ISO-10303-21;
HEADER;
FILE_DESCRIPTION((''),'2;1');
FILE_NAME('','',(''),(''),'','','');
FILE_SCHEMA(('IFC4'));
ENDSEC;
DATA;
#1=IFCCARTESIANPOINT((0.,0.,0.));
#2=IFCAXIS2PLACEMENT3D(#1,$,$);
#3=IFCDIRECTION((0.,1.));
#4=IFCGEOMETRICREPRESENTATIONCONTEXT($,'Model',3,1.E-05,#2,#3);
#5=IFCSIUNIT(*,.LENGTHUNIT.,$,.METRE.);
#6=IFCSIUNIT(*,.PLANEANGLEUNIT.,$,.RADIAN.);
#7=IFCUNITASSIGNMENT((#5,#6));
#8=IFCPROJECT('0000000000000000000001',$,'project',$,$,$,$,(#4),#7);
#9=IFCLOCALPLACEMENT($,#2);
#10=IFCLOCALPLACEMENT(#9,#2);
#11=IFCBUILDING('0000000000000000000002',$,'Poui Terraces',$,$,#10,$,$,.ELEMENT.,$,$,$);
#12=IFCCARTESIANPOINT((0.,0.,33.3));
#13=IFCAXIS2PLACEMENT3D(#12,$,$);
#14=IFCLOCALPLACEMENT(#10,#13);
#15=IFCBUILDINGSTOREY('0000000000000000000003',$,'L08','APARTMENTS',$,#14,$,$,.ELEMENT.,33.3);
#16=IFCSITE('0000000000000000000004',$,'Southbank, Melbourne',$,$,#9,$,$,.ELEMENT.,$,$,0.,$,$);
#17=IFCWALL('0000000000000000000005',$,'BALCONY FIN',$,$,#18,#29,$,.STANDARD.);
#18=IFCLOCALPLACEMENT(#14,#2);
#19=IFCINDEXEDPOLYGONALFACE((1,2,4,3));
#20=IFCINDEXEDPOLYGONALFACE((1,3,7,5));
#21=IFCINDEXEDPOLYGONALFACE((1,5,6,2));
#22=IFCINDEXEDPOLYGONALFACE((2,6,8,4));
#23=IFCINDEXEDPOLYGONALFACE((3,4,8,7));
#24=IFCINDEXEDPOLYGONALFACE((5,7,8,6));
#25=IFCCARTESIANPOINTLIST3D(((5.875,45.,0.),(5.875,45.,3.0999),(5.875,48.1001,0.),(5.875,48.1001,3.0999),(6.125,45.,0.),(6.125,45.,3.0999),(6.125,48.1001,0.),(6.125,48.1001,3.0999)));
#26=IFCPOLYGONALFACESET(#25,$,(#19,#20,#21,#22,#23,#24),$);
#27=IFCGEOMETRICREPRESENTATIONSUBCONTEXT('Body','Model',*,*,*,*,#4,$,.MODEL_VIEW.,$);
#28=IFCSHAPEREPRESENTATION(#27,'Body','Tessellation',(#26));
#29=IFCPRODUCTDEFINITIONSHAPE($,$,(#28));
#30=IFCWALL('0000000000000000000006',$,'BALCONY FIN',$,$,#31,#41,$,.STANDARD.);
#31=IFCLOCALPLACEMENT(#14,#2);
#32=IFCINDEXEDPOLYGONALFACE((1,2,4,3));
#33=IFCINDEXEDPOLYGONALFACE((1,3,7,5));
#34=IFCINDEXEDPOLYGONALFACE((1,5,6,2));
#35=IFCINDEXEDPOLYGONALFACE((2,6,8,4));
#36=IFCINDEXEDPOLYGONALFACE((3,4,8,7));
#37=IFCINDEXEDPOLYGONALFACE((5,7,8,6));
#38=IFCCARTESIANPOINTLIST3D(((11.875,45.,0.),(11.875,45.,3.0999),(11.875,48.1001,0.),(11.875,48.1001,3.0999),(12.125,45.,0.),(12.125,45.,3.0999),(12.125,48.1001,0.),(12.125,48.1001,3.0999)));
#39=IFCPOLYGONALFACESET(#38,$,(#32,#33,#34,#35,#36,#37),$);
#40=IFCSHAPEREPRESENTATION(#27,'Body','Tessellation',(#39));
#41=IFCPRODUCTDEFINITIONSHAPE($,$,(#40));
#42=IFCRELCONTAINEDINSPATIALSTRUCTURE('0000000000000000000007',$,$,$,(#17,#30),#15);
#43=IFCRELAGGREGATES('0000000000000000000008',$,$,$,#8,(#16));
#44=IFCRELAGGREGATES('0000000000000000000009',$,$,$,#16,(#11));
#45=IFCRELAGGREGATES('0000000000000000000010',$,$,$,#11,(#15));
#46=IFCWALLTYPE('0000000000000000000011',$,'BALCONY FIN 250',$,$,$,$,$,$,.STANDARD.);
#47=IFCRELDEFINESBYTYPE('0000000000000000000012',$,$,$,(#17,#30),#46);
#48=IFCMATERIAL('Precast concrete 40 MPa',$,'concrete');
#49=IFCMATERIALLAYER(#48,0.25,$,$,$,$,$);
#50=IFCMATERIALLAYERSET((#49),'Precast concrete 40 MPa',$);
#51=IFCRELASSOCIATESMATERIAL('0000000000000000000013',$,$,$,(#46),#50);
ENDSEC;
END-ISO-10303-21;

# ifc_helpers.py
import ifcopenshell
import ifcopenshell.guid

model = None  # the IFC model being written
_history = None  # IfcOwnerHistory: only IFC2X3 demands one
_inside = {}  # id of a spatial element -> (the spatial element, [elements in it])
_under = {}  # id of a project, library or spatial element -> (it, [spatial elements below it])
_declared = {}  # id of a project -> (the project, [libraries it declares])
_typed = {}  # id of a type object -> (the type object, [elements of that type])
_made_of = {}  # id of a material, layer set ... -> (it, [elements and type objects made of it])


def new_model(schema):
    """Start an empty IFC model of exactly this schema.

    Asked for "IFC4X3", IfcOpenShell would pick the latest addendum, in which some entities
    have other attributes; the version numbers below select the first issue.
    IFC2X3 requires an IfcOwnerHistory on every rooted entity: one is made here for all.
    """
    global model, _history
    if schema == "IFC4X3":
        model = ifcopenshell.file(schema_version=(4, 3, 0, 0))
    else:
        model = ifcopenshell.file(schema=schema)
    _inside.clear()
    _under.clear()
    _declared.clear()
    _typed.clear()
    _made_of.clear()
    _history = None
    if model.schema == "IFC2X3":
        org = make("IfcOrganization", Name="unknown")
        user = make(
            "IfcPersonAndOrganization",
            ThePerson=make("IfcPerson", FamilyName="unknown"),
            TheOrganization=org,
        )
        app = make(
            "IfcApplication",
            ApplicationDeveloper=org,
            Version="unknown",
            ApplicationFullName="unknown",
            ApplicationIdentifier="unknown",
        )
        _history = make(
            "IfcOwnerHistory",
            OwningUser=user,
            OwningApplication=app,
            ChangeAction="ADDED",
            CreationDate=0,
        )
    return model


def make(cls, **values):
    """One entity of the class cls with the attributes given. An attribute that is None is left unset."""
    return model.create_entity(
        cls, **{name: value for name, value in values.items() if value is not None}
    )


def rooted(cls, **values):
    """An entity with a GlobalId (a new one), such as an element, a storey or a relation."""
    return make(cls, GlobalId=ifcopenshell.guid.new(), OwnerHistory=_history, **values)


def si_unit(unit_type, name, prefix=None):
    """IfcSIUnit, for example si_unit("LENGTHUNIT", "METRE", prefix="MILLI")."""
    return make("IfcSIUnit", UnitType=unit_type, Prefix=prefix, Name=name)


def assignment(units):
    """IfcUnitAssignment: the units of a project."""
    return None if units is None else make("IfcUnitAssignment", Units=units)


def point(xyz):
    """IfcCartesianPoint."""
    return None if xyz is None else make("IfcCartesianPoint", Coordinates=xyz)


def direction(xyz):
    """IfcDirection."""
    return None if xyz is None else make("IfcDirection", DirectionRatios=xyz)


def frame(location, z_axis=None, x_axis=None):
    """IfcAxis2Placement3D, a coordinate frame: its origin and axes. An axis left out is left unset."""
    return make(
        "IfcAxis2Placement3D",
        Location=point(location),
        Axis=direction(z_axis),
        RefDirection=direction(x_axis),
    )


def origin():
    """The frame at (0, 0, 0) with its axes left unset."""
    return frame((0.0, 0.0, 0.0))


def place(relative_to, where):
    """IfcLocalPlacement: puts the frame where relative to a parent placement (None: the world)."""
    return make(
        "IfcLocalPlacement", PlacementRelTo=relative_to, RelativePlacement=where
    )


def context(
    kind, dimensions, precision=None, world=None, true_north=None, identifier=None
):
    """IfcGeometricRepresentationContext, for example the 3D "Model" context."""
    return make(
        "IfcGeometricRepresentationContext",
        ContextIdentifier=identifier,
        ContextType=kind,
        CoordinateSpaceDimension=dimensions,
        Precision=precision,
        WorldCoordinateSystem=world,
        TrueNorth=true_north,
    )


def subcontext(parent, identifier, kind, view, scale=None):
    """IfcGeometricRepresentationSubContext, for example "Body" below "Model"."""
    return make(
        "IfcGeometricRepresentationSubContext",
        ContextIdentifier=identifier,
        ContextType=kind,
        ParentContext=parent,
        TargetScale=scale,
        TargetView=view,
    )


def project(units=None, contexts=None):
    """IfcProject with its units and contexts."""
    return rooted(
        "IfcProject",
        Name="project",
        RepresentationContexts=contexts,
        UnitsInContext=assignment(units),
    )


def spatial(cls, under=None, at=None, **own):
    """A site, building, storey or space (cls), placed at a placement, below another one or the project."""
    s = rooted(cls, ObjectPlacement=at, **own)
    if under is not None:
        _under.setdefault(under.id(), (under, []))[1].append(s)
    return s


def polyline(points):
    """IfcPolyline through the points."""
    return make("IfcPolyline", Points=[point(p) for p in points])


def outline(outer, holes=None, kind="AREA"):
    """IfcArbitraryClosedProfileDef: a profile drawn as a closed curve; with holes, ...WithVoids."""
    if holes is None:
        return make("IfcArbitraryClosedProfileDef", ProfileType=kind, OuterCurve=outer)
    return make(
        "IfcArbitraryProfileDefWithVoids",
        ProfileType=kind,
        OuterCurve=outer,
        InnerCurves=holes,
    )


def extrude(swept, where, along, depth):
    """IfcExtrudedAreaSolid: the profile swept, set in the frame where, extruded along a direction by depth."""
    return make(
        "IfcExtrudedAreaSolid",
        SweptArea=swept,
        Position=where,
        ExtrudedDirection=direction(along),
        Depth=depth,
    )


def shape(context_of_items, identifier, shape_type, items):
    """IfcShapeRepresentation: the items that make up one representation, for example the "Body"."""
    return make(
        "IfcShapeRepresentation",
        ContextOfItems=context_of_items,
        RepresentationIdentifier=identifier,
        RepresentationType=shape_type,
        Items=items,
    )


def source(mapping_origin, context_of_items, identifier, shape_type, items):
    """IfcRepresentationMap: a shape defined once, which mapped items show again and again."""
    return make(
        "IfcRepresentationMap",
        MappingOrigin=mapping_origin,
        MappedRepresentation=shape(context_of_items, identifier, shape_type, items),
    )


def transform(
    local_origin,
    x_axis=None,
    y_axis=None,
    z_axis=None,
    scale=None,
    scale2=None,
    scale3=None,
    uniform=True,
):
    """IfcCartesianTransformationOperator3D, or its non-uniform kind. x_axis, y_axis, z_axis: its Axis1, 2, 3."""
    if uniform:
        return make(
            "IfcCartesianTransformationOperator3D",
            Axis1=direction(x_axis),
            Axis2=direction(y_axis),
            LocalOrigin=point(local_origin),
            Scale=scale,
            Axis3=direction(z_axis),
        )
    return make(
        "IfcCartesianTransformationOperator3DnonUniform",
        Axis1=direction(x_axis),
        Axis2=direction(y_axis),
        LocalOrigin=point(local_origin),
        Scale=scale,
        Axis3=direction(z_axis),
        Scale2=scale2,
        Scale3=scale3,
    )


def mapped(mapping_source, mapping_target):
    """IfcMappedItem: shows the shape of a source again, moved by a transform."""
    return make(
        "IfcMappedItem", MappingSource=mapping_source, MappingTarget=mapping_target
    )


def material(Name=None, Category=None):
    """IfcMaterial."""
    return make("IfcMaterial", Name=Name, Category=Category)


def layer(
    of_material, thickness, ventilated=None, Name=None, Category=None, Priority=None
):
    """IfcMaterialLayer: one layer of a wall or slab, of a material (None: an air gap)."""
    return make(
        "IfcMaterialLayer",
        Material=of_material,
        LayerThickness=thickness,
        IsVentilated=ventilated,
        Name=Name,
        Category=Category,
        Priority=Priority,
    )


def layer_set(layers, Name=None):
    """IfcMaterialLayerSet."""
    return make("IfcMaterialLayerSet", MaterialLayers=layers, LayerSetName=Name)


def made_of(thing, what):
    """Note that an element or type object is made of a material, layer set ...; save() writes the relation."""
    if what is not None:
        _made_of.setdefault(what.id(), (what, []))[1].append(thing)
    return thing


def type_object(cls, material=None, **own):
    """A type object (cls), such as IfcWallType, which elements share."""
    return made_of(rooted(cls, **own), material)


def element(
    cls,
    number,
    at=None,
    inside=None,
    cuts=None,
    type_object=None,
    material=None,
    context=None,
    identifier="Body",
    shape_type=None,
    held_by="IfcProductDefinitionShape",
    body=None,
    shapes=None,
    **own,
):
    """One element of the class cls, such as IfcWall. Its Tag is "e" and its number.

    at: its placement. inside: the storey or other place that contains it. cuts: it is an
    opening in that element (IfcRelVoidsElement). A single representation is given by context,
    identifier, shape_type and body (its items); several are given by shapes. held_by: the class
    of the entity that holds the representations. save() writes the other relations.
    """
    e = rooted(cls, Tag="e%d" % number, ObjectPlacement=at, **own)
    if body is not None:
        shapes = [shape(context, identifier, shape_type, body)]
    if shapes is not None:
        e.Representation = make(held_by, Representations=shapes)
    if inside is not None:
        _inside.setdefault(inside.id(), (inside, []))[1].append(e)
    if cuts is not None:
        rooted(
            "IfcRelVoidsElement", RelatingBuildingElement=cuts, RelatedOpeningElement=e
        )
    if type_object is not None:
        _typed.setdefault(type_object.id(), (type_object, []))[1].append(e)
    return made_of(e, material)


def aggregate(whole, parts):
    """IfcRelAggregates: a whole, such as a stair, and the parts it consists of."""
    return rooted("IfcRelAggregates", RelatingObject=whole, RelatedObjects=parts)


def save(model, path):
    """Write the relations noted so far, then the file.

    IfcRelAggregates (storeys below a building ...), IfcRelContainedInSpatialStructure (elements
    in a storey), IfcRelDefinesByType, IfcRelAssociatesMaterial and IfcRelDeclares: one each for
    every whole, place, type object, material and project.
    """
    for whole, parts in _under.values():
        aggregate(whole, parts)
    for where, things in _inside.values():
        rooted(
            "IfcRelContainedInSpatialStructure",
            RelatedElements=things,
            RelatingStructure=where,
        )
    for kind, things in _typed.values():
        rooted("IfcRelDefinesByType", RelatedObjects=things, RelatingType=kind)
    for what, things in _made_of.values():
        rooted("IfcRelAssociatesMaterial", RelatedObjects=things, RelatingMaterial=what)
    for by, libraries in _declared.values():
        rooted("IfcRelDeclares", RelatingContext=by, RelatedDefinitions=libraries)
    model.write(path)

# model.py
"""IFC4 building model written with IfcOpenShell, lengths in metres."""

from ifc_helpers import new_model, si_unit, direction, frame, origin, place, context, subcontext, project, spatial, polyline, outline, extrude, source, transform, mapped, material, layer, layer_set, type_object, element, save


model = new_model("IFC4")

# Units and contexts
model_context = context("Model", 3, precision=1e-05, world=origin(), true_north=direction((0.0, 1.0)))
body_context = subcontext(model_context, "Body", "Model", "MODEL_VIEW")
ifc_project = project(units=[si_unit("LENGTHUNIT", "METRE"), si_unit("PLANEANGLEUNIT", "RADIAN")], contexts=[model_context])

# Site, building, storey
site_placement = place(None, origin())
site = spatial("IfcSite", under=ifc_project, at=site_placement, Name="Southbank, Melbourne", CompositionType="ELEMENT", RefElevation=0.0)
building_placement = place(site_placement, origin())
building = spatial("IfcBuilding", under=site, at=building_placement, Name="Poui Terraces", CompositionType="ELEMENT")
storey_placement = place(building_placement, frame((0.0, 0.0, 33.3)))
storey = spatial("IfcBuildingStorey", under=building, at=storey_placement, Name="L08", Description="APARTMENTS", CompositionType="ELEMENT", Elevation=33.3)

# Walls
ifc_material_1 = material(Name="Precast concrete 40 MPa", Category="concrete")
ifc_layer_1 = layer(ifc_material_1, 0.25)
ifc_layer_set_1 = layer_set([ifc_layer_1], Name="Precast concrete 40 MPa")
wall_type_1 = type_object("IfcWallType", Name="BALCONY FIN 250", PredefinedType="STANDARD", material=ifc_layer_set_1)
shared_shape_1 = source(origin(), body_context, "Body", "SweptSolid", [
    extrude(outline(polyline([(0.0, 0.0), (0.25, 0.0), (0.25, 3.1001), (0.0, 3.1001), (0.0, 0.0)])), origin(), (0.0, 0.0, 1.0), 3.0999),
])
for number, where, name in (
    (1, (5.875, 45.0, 0.0), "BALCONY FIN"),
    (2, (11.875, 45.0, 0.0), "BALCONY FIN"),
):
    element("IfcWall", number, at=place(storey_placement, frame(where)), inside=storey, type_object=wall_type_1, Name=name, PredefinedType="STANDARD", context=body_context, shape_type="MappedRepresentation", body=[
        mapped(shared_shape_1, transform((0.0, 0.0, 0.0))),
    ])

save(model, "model.ifc")
